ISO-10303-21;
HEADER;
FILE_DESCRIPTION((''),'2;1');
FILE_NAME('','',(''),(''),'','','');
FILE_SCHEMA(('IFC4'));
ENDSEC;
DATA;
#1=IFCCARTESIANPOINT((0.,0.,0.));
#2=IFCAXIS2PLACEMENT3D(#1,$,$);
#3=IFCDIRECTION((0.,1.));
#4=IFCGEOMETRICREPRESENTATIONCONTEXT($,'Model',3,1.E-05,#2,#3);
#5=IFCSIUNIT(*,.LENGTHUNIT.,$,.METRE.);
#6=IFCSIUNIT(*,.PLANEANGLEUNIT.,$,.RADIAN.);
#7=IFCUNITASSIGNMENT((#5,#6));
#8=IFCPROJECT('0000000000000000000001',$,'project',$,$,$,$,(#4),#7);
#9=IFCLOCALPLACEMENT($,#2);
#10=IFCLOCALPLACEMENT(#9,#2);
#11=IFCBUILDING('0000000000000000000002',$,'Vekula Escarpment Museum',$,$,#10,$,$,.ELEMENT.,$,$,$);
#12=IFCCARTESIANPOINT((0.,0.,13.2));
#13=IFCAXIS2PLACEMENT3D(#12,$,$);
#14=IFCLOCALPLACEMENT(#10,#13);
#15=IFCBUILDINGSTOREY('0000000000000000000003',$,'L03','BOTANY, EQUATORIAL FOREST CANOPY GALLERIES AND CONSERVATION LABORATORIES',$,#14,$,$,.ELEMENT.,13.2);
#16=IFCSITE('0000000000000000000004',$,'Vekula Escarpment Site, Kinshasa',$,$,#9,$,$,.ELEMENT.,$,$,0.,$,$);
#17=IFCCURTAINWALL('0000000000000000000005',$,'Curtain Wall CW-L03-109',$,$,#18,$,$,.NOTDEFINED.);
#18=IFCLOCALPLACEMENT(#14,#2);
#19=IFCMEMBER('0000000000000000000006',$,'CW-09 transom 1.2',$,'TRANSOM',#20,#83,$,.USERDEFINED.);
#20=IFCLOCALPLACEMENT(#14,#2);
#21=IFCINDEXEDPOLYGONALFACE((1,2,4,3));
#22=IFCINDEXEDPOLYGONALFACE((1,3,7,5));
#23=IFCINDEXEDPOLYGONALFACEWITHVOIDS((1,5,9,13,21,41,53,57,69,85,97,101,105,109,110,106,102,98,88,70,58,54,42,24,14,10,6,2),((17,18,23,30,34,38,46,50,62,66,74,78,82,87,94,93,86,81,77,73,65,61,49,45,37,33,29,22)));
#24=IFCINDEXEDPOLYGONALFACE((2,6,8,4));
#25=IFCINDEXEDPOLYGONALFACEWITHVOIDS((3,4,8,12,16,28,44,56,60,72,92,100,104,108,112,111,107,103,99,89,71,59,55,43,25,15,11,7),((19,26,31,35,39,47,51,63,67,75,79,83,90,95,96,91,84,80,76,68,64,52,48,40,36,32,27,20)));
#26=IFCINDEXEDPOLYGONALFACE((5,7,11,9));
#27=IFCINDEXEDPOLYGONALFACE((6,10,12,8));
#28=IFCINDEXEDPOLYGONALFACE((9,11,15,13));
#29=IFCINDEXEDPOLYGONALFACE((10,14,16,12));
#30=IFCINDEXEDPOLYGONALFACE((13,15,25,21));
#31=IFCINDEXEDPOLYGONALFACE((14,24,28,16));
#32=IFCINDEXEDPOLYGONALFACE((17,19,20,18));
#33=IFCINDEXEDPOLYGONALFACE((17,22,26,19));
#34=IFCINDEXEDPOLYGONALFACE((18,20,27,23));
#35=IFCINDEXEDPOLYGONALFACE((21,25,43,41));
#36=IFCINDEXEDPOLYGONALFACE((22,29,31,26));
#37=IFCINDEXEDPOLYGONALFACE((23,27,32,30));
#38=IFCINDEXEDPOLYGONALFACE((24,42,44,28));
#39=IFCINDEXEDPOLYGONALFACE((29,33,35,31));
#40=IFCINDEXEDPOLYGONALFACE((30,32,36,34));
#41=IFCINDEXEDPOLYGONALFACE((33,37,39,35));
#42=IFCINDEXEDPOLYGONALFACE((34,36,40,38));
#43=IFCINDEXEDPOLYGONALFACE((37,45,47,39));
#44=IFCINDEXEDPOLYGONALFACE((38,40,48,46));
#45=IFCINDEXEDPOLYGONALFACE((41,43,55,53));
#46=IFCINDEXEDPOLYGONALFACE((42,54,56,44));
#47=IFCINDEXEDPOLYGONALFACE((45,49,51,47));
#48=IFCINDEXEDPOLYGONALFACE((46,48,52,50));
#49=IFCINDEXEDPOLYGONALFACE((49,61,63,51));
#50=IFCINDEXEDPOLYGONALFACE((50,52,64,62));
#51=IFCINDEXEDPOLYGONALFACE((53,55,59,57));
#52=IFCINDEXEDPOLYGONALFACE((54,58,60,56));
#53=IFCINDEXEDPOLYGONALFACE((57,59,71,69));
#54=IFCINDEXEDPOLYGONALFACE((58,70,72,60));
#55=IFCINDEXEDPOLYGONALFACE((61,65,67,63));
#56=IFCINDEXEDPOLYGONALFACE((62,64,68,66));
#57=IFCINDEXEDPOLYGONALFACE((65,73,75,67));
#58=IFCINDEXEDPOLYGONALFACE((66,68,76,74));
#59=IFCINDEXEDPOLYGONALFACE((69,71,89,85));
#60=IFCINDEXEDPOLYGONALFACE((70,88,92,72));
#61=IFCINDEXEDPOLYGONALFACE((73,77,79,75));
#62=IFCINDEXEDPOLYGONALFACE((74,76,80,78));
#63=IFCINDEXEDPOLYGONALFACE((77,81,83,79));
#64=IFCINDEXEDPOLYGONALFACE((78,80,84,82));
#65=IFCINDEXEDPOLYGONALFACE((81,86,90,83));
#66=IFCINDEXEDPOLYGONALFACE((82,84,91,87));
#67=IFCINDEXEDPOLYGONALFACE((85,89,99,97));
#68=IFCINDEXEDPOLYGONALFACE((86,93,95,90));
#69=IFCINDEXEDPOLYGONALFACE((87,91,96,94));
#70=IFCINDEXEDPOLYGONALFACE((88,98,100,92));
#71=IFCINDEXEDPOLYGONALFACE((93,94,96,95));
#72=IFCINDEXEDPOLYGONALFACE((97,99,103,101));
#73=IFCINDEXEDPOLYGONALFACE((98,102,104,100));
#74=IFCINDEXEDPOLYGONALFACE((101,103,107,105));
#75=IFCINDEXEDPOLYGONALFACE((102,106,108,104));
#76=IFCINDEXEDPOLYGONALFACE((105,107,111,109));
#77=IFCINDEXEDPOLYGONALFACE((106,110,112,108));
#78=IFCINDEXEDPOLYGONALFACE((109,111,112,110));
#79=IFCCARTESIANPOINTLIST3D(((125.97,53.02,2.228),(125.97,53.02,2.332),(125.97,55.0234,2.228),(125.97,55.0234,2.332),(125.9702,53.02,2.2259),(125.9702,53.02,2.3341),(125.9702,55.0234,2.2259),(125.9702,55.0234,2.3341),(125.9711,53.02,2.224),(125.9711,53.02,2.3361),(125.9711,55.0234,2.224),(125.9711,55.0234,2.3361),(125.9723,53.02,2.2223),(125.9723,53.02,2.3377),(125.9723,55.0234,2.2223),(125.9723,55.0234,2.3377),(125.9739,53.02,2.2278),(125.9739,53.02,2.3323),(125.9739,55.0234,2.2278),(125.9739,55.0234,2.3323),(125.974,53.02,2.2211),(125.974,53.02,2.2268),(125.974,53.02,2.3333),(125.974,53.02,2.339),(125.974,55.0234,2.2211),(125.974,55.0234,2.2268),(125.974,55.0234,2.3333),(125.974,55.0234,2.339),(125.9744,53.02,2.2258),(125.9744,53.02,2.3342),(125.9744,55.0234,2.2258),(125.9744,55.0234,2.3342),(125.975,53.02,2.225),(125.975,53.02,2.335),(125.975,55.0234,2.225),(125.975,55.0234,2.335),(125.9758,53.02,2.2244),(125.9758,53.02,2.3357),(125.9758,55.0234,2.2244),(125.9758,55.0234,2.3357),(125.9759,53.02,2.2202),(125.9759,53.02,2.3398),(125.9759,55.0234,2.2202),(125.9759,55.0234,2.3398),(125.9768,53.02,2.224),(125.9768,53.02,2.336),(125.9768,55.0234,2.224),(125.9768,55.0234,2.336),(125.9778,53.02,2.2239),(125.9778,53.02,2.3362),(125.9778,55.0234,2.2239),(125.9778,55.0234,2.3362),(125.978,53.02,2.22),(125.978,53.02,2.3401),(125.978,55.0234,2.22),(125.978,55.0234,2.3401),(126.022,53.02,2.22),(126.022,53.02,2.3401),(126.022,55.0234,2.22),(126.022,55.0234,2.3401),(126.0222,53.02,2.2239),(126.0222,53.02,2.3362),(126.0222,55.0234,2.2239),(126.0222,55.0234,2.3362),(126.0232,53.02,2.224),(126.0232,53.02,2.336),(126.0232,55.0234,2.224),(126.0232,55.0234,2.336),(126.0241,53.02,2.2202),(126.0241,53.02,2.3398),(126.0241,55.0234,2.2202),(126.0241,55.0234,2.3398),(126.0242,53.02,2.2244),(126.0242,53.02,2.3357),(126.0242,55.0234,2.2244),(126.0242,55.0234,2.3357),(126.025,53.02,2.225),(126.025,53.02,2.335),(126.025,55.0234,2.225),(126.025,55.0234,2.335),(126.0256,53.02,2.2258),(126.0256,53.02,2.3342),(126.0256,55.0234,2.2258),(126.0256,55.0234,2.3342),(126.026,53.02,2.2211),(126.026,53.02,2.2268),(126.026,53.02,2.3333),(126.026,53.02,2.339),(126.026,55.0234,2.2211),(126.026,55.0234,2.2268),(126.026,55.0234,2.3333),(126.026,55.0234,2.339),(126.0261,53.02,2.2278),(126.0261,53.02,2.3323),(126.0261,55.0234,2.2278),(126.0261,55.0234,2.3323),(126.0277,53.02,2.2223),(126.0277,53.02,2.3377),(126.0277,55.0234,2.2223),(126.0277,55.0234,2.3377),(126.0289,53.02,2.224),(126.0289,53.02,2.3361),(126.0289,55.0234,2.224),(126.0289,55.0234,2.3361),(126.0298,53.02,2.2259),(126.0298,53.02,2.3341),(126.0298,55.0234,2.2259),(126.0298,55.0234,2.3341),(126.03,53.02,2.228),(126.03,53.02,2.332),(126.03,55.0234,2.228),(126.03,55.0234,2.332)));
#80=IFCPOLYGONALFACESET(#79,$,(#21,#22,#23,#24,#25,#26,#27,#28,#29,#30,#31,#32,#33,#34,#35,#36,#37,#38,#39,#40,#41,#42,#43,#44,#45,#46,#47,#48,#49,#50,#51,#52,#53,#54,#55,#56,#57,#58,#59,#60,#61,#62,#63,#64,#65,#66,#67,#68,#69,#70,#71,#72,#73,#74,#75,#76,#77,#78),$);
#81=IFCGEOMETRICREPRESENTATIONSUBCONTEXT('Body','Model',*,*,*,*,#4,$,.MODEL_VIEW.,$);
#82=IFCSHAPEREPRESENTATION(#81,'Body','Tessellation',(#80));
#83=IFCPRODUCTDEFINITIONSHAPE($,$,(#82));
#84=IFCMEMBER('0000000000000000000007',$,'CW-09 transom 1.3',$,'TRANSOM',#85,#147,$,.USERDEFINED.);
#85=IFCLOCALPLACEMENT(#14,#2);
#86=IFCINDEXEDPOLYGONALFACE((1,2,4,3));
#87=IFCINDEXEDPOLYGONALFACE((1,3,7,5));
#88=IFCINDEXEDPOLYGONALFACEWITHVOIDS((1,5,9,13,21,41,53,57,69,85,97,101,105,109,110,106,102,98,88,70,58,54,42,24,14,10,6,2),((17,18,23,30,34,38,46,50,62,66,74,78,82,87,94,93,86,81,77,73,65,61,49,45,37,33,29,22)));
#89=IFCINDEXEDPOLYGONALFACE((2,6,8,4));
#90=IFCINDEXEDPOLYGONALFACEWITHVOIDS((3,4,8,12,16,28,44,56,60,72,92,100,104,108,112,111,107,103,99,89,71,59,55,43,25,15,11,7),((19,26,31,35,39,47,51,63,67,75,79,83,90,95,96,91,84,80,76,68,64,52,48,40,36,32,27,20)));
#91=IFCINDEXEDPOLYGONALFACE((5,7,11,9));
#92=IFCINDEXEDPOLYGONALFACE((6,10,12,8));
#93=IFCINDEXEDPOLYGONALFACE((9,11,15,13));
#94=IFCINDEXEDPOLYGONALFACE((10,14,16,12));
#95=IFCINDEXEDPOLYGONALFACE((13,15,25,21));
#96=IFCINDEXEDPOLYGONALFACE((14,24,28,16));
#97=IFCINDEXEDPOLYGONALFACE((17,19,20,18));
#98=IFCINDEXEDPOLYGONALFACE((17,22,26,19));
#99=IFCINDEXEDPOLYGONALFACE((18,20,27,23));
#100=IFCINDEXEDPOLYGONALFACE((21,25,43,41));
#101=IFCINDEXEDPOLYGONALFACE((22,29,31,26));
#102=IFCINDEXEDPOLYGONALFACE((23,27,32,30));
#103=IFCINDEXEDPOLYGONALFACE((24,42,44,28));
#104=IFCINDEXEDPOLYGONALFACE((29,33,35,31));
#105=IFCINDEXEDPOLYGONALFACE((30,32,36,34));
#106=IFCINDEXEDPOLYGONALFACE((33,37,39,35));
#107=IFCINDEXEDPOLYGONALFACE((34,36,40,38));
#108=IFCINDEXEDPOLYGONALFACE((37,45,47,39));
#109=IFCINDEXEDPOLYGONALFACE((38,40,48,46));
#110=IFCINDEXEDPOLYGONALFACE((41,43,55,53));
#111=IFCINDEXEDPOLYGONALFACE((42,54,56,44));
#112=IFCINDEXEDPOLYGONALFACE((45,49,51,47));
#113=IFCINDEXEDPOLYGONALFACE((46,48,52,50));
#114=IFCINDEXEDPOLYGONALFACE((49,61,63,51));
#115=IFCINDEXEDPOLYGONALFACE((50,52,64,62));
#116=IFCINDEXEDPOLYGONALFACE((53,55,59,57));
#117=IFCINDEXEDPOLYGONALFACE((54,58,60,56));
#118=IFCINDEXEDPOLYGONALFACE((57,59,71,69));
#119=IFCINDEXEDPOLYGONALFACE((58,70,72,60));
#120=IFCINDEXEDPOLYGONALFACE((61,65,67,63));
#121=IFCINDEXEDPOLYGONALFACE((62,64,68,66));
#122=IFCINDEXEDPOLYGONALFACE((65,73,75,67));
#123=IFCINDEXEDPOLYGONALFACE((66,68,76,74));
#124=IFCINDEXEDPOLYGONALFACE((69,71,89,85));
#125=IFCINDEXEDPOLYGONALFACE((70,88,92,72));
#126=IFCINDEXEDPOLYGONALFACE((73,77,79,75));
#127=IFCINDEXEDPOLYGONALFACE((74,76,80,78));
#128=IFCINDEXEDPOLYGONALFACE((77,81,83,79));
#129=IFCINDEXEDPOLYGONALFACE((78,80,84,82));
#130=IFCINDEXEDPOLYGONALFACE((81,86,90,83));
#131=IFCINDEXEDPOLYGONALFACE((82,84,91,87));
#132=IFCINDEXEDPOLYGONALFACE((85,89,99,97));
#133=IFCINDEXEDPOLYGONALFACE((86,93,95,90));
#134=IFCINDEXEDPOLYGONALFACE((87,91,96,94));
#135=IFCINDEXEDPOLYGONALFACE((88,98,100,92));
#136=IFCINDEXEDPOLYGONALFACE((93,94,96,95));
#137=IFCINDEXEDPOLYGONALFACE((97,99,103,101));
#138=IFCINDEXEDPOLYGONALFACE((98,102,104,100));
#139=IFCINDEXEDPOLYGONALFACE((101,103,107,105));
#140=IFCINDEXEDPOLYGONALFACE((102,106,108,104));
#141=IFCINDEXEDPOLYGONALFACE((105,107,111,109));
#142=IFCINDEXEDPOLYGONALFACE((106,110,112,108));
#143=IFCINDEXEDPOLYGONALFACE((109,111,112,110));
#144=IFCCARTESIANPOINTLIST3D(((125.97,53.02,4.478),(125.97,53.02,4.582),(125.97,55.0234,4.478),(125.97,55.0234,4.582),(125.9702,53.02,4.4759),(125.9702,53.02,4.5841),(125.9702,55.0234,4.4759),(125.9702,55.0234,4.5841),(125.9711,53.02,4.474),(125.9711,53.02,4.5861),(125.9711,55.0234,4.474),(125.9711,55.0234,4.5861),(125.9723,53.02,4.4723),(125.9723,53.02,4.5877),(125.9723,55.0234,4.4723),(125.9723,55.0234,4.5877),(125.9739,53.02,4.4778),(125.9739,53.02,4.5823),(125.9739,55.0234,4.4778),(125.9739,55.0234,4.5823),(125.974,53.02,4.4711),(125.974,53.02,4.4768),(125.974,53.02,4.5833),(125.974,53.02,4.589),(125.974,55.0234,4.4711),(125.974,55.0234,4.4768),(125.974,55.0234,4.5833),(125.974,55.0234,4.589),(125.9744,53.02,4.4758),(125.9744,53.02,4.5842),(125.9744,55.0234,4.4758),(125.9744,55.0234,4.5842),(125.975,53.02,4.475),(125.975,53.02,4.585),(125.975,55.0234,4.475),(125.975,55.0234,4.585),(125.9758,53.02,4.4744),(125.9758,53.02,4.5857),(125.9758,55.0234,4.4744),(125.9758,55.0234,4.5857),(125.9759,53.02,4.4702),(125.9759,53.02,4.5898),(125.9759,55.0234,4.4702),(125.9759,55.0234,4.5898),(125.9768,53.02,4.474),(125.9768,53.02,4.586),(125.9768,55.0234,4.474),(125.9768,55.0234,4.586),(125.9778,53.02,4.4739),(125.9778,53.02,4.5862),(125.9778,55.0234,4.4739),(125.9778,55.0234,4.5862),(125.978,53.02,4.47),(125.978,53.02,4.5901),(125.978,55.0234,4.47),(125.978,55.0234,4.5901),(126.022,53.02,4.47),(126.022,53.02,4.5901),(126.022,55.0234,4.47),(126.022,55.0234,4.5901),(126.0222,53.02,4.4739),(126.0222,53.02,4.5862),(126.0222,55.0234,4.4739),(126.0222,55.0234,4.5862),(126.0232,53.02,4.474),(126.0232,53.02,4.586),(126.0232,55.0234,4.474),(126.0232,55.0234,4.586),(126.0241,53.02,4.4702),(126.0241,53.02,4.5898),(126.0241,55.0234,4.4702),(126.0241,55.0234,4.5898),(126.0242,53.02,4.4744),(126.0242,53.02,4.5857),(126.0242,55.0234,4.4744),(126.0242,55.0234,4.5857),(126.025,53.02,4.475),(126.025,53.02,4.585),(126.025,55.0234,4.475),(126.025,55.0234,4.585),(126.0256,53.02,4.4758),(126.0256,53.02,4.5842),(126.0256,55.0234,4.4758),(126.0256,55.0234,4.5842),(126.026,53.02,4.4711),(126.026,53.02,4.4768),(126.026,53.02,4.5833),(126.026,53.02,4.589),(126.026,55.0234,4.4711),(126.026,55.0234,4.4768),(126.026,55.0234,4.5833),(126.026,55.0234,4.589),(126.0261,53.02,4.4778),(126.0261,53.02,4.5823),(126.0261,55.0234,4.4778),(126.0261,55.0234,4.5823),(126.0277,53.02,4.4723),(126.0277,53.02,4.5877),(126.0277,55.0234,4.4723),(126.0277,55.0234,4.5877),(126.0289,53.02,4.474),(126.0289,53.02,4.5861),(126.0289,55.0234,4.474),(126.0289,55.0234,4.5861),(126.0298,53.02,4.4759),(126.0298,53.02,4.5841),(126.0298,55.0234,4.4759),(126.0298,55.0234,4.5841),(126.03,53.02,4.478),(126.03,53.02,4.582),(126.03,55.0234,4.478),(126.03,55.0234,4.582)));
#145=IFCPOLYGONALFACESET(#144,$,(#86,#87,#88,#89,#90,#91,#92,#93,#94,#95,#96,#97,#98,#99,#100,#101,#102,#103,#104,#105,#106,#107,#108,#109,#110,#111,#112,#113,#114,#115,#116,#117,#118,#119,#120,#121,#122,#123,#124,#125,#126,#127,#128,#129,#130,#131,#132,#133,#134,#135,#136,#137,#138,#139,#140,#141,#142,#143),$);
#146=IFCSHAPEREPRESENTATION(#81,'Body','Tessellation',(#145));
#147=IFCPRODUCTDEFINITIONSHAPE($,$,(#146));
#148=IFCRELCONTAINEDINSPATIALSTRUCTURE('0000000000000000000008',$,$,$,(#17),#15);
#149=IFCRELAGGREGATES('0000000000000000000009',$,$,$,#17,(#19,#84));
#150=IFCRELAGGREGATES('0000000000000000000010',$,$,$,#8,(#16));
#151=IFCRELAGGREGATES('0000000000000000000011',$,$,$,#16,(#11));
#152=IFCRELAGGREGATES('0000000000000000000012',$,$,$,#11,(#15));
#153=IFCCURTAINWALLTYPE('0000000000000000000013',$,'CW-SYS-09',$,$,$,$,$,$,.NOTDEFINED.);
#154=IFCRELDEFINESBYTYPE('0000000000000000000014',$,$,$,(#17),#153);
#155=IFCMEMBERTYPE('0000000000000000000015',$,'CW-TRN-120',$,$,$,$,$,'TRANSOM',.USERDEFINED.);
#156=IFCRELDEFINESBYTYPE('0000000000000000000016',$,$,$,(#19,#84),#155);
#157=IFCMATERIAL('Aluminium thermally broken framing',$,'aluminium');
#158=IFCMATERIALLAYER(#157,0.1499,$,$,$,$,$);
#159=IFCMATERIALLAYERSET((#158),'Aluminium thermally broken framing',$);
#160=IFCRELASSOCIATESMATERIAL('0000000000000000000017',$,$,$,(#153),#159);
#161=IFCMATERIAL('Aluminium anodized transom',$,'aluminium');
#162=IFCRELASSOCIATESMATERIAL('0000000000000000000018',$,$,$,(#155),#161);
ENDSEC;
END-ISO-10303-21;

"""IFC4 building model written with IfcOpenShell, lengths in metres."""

from ifc_helpers import new_model, si_unit, direction, frame, origin, origin_2d, place, context, subcontext, project, spatial, hollow_rectangle, extrude, material, layer, layer_set, material_profile, profile_set, type_object, element, aggregate, save


model = new_model("IFC4")

# Units and contexts
model_context = context("Model", 3, precision=1e-05, world=origin(), true_north=direction((0.0, 1.0)))
body_context = subcontext(model_context, "Body", "Model", "MODEL_VIEW")
ifc_project = project(units=[si_unit("LENGTHUNIT", "METRE"), si_unit("PLANEANGLEUNIT", "RADIAN")], contexts=[model_context])

# Site, building, storey
site_placement = place(None, origin())
site = spatial("IfcSite", under=ifc_project, at=site_placement, Name="Vekula Escarpment Site, Kinshasa", CompositionType="ELEMENT", RefElevation=0.0)
building_placement = place(site_placement, origin())
building = spatial("IfcBuilding", under=site, at=building_placement, Name="Vekula Escarpment Museum", CompositionType="ELEMENT")
storey_placement = place(building_placement, frame((0.0, 0.0, 13.2)))
storey = spatial("IfcBuildingStorey", under=building, at=storey_placement, Name="L03", Description="BOTANY, EQUATORIAL FOREST CANOPY GALLERIES AND CONSERVATION LABORATORIES", CompositionType="ELEMENT", Elevation=13.2)

# Curtain wall, members
ifc_material_1 = material(Name="Aluminium thermally broken framing", Category="aluminium")
ifc_layer_1 = layer(ifc_material_1, 0.1499)
ifc_layer_set_1 = layer_set([ifc_layer_1], Name="Aluminium thermally broken framing")
curtain_wall_type = type_object("IfcCurtainWallType", Name="CW-SYS-09", PredefinedType="NOTDEFINED", material=ifc_layer_set_1)
curtain_wall_placement = place(storey_placement, origin())
curtain_wall = element("IfcCurtainWall", 1, at=curtain_wall_placement, inside=storey, type_object=curtain_wall_type, Name="Curtain Wall CW-L03-109", PredefinedType="NOTDEFINED")
ifc_material_2 = material(Name="Aluminium anodized transom", Category="aluminium")
ifc_material_profile_1 = material_profile(ifc_material_2, hollow_rectangle(XDim=0.0601, YDim=0.1201, WallThickness=0.0039, InnerFilletRadius=0.0039, OuterFilletRadius=0.0081, at=origin_2d()), Name="ALU 120x60x4")
ifc_profile_set_1 = profile_set([ifc_material_profile_1], Name="Aluminium anodized transom")
member_type_1 = type_object("IfcMemberType", Name="CW-TRN-120", ElementType="TRANSOM", PredefinedType="USERDEFINED", material=ifc_profile_set_1)
member_1_placement = place(storey_placement, frame((126.0, 53.02, 2.28), z_axis=(0.0, 1.0, 0.0), x_axis=(-1.0, 0.0, 0.0)))
member_1 = element("IfcMember", 2, at=member_1_placement, type_object=member_type_1, Name="CW-09 transom 1.2", ObjectType="TRANSOM", PredefinedType="USERDEFINED", context=body_context, shape_type="SweptSolid", body=[
    extrude(hollow_rectangle(XDim=0.0601, YDim=0.1201, WallThickness=0.0039, InnerFilletRadius=0.0039, OuterFilletRadius=0.0081, at=origin_2d()), origin(), (0.0, 0.0, 1.0), 2.0034),
])
member_2_placement = place(storey_placement, frame((126.0, 53.02, 4.53), z_axis=(0.0, 1.0, 0.0), x_axis=(-1.0, 0.0, 0.0)))
member_2 = element("IfcMember", 3, at=member_2_placement, type_object=member_type_1, Name="CW-09 transom 1.3", ObjectType="TRANSOM", PredefinedType="USERDEFINED", context=body_context, shape_type="SweptSolid", body=[
    extrude(hollow_rectangle(XDim=0.0601, YDim=0.1201, WallThickness=0.0039, InnerFilletRadius=0.0039, OuterFilletRadius=0.0081, at=origin_2d()), origin(), (0.0, 0.0, 1.0), 2.0034),
])
aggregate(curtain_wall, [member_1, member_2])

save(model, "model.ifc")
